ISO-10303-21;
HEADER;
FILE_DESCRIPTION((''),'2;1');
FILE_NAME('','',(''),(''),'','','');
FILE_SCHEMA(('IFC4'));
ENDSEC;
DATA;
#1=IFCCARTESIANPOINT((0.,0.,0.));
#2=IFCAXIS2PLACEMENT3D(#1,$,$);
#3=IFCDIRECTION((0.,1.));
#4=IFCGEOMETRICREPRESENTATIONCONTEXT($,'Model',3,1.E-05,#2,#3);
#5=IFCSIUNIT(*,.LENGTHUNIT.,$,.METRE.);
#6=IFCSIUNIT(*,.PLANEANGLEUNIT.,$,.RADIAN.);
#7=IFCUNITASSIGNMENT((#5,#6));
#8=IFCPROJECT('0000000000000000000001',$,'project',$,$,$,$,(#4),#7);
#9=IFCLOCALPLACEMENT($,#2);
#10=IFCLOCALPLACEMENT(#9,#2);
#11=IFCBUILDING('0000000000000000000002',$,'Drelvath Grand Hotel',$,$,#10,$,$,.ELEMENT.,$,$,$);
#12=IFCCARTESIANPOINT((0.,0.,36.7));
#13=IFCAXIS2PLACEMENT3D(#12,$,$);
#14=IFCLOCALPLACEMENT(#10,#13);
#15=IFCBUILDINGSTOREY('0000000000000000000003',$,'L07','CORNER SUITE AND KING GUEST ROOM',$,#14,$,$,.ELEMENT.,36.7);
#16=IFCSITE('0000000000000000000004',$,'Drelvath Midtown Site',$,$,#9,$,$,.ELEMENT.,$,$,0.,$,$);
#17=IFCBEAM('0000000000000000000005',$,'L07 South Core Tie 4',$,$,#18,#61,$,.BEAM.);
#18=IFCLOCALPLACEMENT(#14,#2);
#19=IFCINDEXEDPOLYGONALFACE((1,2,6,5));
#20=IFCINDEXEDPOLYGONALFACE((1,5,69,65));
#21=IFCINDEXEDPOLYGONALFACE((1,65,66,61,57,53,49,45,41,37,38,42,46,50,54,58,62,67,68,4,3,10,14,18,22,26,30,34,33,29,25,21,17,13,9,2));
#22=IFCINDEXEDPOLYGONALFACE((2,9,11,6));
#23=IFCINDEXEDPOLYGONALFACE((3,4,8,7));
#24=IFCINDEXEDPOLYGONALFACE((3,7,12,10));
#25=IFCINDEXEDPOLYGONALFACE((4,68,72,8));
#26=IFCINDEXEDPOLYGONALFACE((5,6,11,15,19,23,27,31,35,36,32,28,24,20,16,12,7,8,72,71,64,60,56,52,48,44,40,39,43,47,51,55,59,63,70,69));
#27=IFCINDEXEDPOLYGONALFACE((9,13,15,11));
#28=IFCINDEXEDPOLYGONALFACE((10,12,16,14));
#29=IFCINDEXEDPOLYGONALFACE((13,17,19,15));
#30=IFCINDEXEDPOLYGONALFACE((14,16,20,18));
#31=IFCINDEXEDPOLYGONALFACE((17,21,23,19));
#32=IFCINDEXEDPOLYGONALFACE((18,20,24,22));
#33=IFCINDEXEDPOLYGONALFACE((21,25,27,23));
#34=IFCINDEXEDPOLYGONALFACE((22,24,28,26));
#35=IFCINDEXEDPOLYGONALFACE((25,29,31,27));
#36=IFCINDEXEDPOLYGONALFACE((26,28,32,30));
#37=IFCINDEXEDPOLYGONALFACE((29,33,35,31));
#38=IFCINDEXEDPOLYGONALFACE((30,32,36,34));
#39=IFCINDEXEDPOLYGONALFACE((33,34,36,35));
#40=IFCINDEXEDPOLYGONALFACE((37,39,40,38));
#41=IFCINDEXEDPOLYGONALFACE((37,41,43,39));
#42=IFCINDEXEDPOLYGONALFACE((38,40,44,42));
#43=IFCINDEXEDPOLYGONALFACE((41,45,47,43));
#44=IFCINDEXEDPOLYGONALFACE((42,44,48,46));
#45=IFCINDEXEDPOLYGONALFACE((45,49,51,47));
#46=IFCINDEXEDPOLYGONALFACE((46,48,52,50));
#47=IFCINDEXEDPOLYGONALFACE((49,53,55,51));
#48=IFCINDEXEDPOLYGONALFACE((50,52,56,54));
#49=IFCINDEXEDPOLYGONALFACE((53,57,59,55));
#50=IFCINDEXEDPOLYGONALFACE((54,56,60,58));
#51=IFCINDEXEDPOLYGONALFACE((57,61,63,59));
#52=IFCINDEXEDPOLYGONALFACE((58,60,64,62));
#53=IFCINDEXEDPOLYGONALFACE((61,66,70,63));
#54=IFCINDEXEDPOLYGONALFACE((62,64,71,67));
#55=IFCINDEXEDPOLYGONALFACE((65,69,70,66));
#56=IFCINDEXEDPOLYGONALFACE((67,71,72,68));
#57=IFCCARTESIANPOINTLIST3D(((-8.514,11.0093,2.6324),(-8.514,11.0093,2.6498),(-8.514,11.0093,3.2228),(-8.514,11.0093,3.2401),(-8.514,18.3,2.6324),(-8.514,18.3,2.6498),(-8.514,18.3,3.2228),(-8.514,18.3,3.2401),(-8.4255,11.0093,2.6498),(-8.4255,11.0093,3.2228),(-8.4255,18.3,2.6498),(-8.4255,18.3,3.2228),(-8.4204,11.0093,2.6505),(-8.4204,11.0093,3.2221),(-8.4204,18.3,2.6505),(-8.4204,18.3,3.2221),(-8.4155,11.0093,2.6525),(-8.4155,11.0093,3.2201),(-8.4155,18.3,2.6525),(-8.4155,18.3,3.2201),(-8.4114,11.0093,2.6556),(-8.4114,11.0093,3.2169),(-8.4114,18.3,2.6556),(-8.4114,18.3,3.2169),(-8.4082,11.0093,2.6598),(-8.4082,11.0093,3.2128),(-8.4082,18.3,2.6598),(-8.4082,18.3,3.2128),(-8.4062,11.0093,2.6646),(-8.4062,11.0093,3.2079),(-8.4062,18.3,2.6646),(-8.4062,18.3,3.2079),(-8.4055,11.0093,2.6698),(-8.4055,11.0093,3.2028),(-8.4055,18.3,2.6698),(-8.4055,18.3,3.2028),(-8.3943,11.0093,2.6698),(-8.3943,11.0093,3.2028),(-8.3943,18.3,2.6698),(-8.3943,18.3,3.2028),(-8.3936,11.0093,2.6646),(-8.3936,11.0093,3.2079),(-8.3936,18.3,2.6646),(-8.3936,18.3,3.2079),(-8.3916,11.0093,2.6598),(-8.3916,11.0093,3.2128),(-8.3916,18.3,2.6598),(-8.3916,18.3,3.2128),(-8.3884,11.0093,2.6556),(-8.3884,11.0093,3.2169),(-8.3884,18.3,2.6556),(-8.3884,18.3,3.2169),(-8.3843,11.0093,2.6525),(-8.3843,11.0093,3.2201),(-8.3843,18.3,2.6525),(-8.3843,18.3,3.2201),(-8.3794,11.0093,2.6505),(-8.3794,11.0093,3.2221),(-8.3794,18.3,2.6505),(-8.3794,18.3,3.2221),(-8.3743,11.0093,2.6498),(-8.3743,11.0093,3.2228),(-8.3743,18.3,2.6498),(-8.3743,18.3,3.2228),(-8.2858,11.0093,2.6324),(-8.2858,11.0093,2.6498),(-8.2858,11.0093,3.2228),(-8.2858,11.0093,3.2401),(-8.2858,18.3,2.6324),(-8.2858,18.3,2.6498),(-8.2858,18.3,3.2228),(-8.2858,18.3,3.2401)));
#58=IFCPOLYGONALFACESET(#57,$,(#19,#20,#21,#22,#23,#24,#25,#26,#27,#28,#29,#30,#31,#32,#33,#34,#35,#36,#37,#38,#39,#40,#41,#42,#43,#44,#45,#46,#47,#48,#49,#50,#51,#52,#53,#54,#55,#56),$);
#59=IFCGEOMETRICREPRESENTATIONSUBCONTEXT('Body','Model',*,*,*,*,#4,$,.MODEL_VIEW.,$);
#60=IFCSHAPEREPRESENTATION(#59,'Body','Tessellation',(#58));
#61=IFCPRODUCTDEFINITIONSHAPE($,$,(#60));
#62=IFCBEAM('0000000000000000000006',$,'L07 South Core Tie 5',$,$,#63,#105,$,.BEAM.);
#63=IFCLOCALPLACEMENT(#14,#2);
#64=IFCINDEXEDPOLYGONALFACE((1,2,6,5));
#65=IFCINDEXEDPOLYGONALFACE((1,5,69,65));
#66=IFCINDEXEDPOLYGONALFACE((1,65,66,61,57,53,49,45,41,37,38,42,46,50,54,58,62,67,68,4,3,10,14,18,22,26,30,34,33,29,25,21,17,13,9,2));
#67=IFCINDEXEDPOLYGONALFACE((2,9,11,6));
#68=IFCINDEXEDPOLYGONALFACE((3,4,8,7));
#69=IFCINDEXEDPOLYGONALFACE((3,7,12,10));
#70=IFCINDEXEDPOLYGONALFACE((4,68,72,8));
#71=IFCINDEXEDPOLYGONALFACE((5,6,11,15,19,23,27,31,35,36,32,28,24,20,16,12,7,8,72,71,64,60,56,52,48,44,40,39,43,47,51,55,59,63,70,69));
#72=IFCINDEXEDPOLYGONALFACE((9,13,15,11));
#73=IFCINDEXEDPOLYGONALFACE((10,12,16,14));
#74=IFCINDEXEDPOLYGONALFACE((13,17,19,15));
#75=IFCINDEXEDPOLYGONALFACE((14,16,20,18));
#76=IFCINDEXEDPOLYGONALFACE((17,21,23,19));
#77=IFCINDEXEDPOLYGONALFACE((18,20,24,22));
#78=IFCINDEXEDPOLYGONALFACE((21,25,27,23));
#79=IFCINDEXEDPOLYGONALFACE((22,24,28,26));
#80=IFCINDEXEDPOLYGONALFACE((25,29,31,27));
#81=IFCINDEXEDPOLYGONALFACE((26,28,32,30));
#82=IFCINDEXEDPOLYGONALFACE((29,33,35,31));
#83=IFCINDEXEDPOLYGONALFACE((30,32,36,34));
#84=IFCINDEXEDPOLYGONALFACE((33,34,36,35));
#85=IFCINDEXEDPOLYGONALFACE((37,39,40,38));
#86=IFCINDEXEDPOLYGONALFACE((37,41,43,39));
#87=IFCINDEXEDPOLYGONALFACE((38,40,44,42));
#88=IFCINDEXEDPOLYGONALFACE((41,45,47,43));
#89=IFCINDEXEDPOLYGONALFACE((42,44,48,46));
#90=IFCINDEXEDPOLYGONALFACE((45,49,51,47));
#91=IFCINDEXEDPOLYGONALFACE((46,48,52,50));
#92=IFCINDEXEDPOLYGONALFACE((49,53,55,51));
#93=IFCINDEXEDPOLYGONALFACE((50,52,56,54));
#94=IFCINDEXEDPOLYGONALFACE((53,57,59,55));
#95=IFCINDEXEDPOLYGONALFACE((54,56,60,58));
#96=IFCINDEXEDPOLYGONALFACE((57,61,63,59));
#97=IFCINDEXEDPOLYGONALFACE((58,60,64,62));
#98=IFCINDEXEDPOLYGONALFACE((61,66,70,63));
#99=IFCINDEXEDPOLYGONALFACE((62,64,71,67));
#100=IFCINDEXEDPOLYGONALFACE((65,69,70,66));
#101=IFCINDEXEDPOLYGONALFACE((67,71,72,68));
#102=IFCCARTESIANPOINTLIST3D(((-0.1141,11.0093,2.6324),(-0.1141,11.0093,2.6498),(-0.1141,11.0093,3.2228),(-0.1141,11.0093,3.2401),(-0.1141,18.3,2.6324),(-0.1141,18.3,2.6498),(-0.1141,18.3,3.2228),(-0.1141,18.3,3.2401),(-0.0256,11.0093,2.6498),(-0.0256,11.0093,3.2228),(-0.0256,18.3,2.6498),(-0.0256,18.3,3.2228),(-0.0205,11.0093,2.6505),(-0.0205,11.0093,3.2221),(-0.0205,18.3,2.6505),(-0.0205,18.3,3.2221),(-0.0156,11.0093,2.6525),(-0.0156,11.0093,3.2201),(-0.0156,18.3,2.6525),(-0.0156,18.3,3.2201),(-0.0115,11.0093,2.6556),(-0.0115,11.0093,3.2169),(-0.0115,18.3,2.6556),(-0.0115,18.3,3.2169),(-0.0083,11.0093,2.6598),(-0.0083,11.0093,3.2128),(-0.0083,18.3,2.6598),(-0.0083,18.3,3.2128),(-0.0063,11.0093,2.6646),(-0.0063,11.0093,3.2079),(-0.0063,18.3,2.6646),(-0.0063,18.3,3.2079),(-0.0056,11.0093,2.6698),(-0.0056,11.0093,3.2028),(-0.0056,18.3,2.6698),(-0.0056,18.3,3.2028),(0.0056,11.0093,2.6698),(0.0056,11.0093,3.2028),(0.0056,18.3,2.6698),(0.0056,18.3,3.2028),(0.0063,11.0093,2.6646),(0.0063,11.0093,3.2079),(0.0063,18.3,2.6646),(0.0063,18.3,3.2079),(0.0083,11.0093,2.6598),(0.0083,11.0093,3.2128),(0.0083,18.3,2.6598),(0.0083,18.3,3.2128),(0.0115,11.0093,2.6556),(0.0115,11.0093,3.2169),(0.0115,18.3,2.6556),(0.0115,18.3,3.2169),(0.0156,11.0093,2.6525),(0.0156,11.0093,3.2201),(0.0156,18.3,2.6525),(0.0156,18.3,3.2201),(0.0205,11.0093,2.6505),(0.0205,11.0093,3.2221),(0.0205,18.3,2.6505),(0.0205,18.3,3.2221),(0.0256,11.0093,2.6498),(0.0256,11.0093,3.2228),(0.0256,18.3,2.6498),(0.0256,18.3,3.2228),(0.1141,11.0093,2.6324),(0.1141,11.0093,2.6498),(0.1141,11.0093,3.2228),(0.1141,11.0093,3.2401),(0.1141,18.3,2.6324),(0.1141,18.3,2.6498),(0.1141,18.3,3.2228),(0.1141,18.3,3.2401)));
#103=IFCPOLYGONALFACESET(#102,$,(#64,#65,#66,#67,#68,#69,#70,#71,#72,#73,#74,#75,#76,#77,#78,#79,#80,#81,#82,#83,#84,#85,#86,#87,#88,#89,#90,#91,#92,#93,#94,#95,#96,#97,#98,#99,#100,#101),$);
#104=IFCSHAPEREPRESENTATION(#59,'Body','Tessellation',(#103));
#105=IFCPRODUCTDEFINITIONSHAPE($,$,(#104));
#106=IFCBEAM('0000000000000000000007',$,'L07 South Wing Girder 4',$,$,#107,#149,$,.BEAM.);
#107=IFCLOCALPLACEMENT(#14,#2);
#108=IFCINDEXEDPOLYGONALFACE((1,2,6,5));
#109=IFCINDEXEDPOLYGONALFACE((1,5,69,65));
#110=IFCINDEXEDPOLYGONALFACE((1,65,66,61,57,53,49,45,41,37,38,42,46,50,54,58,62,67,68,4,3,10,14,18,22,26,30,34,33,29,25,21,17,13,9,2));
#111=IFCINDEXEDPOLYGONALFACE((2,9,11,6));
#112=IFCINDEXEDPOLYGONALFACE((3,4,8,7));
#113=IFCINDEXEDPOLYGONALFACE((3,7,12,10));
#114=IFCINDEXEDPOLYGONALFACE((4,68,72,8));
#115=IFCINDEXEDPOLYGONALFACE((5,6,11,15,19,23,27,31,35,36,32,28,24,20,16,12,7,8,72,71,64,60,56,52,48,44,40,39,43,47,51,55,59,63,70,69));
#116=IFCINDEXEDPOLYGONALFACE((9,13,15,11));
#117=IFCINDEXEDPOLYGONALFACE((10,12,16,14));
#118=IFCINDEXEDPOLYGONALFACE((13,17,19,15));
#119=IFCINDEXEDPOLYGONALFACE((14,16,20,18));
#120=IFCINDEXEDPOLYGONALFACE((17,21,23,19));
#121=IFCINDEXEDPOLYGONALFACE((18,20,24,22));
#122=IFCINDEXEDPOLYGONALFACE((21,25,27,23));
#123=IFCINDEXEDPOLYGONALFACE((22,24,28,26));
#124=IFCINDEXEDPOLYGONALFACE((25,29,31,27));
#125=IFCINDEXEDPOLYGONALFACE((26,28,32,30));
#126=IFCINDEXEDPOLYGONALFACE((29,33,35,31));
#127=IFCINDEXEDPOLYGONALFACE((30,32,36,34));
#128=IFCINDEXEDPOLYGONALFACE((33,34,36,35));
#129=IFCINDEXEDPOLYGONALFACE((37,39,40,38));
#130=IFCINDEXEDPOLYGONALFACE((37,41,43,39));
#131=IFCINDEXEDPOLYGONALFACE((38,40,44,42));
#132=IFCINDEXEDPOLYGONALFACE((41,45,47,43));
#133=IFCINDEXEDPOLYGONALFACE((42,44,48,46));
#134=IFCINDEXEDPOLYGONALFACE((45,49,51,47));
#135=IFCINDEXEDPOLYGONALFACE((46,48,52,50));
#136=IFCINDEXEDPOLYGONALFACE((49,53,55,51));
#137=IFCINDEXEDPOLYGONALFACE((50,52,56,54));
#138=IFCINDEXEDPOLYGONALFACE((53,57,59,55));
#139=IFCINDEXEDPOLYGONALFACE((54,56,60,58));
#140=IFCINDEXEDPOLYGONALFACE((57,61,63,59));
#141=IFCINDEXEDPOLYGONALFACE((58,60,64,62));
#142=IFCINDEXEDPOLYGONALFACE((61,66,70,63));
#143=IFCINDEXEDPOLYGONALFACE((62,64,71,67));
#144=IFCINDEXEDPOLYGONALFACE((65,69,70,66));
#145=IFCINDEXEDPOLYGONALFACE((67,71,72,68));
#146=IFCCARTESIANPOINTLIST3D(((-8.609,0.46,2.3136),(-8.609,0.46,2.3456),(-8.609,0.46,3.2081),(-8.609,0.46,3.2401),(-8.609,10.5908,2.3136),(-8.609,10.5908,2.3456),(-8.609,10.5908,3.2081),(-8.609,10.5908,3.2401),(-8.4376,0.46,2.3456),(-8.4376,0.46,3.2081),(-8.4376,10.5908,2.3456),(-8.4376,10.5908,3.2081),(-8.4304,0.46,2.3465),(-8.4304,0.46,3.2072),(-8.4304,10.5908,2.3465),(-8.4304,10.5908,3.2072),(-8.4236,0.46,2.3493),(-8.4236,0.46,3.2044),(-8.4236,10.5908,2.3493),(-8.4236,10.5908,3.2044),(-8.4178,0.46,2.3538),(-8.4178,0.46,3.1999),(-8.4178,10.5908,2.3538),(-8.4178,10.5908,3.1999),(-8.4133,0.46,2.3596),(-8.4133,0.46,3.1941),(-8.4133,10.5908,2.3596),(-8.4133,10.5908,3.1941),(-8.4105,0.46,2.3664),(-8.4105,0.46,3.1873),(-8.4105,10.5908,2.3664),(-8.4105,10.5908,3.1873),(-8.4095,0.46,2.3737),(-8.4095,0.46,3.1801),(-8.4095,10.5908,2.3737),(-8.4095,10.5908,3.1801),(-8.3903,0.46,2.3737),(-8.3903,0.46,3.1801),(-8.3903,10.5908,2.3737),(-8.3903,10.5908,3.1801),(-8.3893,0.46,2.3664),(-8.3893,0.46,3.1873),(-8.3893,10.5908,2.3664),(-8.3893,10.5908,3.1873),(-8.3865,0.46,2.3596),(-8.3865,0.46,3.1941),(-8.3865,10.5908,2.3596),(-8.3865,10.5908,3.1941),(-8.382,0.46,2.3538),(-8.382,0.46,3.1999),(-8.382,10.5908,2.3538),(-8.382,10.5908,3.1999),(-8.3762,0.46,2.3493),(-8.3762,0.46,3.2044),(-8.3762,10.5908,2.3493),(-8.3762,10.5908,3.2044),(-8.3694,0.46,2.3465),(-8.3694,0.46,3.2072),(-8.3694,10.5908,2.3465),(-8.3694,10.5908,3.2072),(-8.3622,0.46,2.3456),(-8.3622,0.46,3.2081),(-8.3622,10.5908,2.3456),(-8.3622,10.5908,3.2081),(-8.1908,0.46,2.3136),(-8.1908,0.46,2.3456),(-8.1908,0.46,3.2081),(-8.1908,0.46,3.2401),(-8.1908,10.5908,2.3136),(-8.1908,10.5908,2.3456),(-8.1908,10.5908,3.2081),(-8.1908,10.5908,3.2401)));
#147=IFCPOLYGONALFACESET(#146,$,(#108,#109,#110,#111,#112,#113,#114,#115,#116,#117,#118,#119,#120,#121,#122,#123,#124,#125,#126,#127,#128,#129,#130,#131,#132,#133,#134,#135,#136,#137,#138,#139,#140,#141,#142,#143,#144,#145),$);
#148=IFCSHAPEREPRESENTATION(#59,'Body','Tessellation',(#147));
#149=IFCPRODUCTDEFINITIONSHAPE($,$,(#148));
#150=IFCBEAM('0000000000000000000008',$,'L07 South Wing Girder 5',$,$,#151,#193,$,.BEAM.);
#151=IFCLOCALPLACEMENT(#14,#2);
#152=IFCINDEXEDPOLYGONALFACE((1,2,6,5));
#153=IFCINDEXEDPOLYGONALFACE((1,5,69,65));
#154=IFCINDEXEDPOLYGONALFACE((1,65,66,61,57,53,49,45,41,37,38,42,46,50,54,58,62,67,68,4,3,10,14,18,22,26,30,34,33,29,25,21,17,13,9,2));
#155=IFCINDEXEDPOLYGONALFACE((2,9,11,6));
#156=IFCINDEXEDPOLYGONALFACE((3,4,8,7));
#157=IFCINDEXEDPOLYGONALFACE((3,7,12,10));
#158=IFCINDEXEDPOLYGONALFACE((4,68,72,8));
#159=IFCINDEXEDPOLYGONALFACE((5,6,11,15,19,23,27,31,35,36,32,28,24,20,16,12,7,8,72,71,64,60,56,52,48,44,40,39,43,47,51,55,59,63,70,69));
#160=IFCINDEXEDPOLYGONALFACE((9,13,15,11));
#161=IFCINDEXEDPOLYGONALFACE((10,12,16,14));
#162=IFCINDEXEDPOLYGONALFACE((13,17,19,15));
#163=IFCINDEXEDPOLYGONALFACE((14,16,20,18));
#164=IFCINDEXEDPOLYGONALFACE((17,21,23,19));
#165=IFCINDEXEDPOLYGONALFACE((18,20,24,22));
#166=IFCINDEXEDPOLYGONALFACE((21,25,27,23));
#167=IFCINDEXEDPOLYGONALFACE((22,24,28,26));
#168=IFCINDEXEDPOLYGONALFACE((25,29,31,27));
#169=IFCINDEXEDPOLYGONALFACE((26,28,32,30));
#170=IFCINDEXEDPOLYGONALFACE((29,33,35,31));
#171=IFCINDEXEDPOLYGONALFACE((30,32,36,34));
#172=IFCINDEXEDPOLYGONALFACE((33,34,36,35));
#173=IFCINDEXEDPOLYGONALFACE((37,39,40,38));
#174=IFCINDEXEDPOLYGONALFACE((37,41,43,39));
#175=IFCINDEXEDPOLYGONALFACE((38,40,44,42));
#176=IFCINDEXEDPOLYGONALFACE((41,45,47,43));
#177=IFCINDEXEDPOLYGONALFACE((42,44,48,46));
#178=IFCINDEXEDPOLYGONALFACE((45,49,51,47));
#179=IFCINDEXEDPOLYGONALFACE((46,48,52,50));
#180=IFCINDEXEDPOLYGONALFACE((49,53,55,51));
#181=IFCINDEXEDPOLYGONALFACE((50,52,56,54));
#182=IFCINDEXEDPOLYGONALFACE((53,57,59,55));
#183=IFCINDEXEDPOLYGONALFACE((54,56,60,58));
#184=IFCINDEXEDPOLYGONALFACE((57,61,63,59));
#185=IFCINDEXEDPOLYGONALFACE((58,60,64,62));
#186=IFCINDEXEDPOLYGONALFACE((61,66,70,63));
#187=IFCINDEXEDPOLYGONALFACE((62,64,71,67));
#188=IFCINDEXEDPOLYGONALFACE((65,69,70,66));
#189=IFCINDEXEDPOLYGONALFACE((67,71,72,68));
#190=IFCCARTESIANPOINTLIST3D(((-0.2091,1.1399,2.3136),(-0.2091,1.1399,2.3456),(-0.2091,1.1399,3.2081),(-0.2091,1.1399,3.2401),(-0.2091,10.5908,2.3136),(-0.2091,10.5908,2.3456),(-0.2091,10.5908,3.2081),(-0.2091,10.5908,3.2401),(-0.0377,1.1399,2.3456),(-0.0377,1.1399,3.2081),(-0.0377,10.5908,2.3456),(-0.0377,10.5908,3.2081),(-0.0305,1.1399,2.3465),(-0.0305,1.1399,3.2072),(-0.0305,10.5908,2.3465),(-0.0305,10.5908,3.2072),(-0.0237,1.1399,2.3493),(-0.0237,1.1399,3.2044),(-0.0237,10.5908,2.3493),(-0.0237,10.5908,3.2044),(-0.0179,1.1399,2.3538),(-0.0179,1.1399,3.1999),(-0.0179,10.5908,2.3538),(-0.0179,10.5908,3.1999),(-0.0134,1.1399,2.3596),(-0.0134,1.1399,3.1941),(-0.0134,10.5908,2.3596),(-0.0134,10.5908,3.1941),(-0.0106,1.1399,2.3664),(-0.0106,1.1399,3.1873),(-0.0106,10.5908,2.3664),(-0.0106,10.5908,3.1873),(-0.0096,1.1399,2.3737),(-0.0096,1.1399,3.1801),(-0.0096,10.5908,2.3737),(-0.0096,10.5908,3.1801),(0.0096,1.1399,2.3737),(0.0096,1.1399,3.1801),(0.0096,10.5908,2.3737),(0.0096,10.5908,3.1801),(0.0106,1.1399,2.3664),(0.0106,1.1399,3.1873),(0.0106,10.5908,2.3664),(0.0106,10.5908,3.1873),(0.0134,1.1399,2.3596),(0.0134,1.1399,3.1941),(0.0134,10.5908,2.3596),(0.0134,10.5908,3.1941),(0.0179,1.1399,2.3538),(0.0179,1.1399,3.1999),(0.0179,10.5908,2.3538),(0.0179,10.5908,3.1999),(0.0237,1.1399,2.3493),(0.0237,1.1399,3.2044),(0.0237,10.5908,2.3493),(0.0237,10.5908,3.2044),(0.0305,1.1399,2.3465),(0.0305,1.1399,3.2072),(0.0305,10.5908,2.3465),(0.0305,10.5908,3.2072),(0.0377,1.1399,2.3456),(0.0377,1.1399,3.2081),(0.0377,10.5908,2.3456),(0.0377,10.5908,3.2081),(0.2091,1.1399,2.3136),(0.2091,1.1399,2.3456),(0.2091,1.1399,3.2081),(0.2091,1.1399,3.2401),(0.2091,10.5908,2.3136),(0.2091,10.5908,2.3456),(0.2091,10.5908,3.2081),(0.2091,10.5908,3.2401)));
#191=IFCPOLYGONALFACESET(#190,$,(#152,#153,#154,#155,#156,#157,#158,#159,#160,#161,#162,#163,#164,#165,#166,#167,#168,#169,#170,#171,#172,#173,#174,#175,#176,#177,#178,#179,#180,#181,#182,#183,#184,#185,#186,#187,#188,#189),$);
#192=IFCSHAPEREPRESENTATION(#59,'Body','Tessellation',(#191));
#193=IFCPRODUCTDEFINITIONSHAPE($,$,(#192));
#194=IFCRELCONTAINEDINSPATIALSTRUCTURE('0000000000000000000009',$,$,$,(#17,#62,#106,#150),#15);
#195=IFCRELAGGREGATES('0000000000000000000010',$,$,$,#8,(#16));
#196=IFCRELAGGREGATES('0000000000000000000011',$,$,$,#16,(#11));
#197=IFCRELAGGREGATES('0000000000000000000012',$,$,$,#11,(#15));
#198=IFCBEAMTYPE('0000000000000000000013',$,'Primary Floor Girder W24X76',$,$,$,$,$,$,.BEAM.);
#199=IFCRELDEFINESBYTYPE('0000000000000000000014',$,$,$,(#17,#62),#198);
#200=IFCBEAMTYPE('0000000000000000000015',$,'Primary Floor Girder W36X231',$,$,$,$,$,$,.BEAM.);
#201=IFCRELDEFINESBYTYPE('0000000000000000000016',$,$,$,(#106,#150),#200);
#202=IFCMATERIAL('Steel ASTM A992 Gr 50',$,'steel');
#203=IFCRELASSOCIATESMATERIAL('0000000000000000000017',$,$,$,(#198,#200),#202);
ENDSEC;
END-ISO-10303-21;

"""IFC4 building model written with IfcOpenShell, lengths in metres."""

from ifc_helpers import new_model, si_unit, direction, frame, origin, origin_2d, place, context, subcontext, project, spatial, i_section, extrude, material, material_profile, profile_set, type_object, element, save


model = new_model("IFC4")

# Units and contexts
model_context = context("Model", 3, precision=1e-05, world=origin(), true_north=direction((0.0, 1.0)))
body_context = subcontext(model_context, "Body", "Model", "MODEL_VIEW")
ifc_project = project(units=[si_unit("LENGTHUNIT", "METRE"), si_unit("PLANEANGLEUNIT", "RADIAN")], contexts=[model_context])

# Site, building, storey
site_placement = place(None, origin())
site = spatial("IfcSite", under=ifc_project, at=site_placement, Name="Drelvath Midtown Site", CompositionType="ELEMENT", RefElevation=0.0)
building_placement = place(site_placement, origin())
building = spatial("IfcBuilding", under=site, at=building_placement, Name="Drelvath Grand Hotel", CompositionType="ELEMENT")
storey_placement = place(building_placement, frame((0.0, 0.0, 36.7)))
storey = spatial("IfcBuildingStorey", under=building, at=storey_placement, Name="L07", Description="CORNER SUITE AND KING GUEST ROOM", CompositionType="ELEMENT", Elevation=36.7)

# Shared definitions
ifc_material_1 = material(Name="Steel ASTM A992 Gr 50", Category="steel")

# Beams
ifc_material_profile_1 = material_profile(ifc_material_1, i_section(OverallWidth=0.2283, OverallDepth=0.6077, WebThickness=0.0112, FlangeThickness=0.0173, FilletRadius=0.02, at=origin_2d()), Name="W24X76")
ifc_profile_set_1 = profile_set([ifc_material_profile_1], Name="Steel ASTM A992 Gr 50")
beam_type_1 = type_object("IfcBeamType", Name="Primary Floor Girder W24X76", PredefinedType="BEAM", material=ifc_profile_set_1)
for number, where, z_axis, x_axis, name in (
    (1, (-8.3999, 11.0093, 2.9363), (0.0, 1.0, 0.0), (-1.0, 0.0, 0.0), "L07 South Core Tie 4"),
    (2, (0.0, 11.0093, 2.9363), (0.0, 1.0, 0.0), (-1.0, 0.0, 0.0), "L07 South Core Tie 5"),
):
    element("IfcBeam", number, at=place(storey_placement, frame(where, z_axis=z_axis, x_axis=x_axis)), inside=storey, type_object=beam_type_1, Name=name, PredefinedType="BEAM", context=body_context, shape_type="SweptSolid", body=[
        extrude(i_section(OverallWidth=0.2283, OverallDepth=0.6077, WebThickness=0.0112, FlangeThickness=0.0173, FilletRadius=0.02, at=origin_2d()), origin(), (0.0, 0.0, 1.0), 7.2908),
    ])
ifc_material_profile_2 = material_profile(ifc_material_1, i_section(OverallWidth=0.4182, OverallDepth=0.9265, WebThickness=0.0193, FlangeThickness=0.032, FilletRadius=0.0281, at=origin_2d()), Name="W36X231")
ifc_profile_set_2 = profile_set([ifc_material_profile_2], Name="Steel ASTM A992 Gr 50")
beam_type_2 = type_object("IfcBeamType", Name="Primary Floor Girder W36X231", PredefinedType="BEAM", material=ifc_profile_set_2)
beam_1_placement = place(storey_placement, frame((-8.3999, 0.46, 2.7769), z_axis=(0.0, 1.0, 0.0), x_axis=(-1.0, 0.0, 0.0)))
element("IfcBeam", 3, at=beam_1_placement, inside=storey, type_object=beam_type_2, Name="L07 South Wing Girder 4", PredefinedType="BEAM", context=body_context, shape_type="SweptSolid", body=[
    extrude(i_section(OverallWidth=0.4182, OverallDepth=0.9265, WebThickness=0.0193, FlangeThickness=0.032, FilletRadius=0.0281, at=origin_2d()), origin(), (0.0, 0.0, 1.0), 10.1309),
])
beam_2_placement = place(storey_placement, frame((0.0, 1.1399, 2.7769), z_axis=(0.0, 1.0, 0.0), x_axis=(-1.0, 0.0, 0.0)))
element("IfcBeam", 4, at=beam_2_placement, inside=storey, type_object=beam_type_2, Name="L07 South Wing Girder 5", PredefinedType="BEAM", context=body_context, shape_type="SweptSolid", body=[
    extrude(i_section(OverallWidth=0.4182, OverallDepth=0.9265, WebThickness=0.0193, FlangeThickness=0.032, FilletRadius=0.0281, at=origin_2d()), origin(), (0.0, 0.0, 1.0), 9.4509),
])

save(model, "model.ifc")
